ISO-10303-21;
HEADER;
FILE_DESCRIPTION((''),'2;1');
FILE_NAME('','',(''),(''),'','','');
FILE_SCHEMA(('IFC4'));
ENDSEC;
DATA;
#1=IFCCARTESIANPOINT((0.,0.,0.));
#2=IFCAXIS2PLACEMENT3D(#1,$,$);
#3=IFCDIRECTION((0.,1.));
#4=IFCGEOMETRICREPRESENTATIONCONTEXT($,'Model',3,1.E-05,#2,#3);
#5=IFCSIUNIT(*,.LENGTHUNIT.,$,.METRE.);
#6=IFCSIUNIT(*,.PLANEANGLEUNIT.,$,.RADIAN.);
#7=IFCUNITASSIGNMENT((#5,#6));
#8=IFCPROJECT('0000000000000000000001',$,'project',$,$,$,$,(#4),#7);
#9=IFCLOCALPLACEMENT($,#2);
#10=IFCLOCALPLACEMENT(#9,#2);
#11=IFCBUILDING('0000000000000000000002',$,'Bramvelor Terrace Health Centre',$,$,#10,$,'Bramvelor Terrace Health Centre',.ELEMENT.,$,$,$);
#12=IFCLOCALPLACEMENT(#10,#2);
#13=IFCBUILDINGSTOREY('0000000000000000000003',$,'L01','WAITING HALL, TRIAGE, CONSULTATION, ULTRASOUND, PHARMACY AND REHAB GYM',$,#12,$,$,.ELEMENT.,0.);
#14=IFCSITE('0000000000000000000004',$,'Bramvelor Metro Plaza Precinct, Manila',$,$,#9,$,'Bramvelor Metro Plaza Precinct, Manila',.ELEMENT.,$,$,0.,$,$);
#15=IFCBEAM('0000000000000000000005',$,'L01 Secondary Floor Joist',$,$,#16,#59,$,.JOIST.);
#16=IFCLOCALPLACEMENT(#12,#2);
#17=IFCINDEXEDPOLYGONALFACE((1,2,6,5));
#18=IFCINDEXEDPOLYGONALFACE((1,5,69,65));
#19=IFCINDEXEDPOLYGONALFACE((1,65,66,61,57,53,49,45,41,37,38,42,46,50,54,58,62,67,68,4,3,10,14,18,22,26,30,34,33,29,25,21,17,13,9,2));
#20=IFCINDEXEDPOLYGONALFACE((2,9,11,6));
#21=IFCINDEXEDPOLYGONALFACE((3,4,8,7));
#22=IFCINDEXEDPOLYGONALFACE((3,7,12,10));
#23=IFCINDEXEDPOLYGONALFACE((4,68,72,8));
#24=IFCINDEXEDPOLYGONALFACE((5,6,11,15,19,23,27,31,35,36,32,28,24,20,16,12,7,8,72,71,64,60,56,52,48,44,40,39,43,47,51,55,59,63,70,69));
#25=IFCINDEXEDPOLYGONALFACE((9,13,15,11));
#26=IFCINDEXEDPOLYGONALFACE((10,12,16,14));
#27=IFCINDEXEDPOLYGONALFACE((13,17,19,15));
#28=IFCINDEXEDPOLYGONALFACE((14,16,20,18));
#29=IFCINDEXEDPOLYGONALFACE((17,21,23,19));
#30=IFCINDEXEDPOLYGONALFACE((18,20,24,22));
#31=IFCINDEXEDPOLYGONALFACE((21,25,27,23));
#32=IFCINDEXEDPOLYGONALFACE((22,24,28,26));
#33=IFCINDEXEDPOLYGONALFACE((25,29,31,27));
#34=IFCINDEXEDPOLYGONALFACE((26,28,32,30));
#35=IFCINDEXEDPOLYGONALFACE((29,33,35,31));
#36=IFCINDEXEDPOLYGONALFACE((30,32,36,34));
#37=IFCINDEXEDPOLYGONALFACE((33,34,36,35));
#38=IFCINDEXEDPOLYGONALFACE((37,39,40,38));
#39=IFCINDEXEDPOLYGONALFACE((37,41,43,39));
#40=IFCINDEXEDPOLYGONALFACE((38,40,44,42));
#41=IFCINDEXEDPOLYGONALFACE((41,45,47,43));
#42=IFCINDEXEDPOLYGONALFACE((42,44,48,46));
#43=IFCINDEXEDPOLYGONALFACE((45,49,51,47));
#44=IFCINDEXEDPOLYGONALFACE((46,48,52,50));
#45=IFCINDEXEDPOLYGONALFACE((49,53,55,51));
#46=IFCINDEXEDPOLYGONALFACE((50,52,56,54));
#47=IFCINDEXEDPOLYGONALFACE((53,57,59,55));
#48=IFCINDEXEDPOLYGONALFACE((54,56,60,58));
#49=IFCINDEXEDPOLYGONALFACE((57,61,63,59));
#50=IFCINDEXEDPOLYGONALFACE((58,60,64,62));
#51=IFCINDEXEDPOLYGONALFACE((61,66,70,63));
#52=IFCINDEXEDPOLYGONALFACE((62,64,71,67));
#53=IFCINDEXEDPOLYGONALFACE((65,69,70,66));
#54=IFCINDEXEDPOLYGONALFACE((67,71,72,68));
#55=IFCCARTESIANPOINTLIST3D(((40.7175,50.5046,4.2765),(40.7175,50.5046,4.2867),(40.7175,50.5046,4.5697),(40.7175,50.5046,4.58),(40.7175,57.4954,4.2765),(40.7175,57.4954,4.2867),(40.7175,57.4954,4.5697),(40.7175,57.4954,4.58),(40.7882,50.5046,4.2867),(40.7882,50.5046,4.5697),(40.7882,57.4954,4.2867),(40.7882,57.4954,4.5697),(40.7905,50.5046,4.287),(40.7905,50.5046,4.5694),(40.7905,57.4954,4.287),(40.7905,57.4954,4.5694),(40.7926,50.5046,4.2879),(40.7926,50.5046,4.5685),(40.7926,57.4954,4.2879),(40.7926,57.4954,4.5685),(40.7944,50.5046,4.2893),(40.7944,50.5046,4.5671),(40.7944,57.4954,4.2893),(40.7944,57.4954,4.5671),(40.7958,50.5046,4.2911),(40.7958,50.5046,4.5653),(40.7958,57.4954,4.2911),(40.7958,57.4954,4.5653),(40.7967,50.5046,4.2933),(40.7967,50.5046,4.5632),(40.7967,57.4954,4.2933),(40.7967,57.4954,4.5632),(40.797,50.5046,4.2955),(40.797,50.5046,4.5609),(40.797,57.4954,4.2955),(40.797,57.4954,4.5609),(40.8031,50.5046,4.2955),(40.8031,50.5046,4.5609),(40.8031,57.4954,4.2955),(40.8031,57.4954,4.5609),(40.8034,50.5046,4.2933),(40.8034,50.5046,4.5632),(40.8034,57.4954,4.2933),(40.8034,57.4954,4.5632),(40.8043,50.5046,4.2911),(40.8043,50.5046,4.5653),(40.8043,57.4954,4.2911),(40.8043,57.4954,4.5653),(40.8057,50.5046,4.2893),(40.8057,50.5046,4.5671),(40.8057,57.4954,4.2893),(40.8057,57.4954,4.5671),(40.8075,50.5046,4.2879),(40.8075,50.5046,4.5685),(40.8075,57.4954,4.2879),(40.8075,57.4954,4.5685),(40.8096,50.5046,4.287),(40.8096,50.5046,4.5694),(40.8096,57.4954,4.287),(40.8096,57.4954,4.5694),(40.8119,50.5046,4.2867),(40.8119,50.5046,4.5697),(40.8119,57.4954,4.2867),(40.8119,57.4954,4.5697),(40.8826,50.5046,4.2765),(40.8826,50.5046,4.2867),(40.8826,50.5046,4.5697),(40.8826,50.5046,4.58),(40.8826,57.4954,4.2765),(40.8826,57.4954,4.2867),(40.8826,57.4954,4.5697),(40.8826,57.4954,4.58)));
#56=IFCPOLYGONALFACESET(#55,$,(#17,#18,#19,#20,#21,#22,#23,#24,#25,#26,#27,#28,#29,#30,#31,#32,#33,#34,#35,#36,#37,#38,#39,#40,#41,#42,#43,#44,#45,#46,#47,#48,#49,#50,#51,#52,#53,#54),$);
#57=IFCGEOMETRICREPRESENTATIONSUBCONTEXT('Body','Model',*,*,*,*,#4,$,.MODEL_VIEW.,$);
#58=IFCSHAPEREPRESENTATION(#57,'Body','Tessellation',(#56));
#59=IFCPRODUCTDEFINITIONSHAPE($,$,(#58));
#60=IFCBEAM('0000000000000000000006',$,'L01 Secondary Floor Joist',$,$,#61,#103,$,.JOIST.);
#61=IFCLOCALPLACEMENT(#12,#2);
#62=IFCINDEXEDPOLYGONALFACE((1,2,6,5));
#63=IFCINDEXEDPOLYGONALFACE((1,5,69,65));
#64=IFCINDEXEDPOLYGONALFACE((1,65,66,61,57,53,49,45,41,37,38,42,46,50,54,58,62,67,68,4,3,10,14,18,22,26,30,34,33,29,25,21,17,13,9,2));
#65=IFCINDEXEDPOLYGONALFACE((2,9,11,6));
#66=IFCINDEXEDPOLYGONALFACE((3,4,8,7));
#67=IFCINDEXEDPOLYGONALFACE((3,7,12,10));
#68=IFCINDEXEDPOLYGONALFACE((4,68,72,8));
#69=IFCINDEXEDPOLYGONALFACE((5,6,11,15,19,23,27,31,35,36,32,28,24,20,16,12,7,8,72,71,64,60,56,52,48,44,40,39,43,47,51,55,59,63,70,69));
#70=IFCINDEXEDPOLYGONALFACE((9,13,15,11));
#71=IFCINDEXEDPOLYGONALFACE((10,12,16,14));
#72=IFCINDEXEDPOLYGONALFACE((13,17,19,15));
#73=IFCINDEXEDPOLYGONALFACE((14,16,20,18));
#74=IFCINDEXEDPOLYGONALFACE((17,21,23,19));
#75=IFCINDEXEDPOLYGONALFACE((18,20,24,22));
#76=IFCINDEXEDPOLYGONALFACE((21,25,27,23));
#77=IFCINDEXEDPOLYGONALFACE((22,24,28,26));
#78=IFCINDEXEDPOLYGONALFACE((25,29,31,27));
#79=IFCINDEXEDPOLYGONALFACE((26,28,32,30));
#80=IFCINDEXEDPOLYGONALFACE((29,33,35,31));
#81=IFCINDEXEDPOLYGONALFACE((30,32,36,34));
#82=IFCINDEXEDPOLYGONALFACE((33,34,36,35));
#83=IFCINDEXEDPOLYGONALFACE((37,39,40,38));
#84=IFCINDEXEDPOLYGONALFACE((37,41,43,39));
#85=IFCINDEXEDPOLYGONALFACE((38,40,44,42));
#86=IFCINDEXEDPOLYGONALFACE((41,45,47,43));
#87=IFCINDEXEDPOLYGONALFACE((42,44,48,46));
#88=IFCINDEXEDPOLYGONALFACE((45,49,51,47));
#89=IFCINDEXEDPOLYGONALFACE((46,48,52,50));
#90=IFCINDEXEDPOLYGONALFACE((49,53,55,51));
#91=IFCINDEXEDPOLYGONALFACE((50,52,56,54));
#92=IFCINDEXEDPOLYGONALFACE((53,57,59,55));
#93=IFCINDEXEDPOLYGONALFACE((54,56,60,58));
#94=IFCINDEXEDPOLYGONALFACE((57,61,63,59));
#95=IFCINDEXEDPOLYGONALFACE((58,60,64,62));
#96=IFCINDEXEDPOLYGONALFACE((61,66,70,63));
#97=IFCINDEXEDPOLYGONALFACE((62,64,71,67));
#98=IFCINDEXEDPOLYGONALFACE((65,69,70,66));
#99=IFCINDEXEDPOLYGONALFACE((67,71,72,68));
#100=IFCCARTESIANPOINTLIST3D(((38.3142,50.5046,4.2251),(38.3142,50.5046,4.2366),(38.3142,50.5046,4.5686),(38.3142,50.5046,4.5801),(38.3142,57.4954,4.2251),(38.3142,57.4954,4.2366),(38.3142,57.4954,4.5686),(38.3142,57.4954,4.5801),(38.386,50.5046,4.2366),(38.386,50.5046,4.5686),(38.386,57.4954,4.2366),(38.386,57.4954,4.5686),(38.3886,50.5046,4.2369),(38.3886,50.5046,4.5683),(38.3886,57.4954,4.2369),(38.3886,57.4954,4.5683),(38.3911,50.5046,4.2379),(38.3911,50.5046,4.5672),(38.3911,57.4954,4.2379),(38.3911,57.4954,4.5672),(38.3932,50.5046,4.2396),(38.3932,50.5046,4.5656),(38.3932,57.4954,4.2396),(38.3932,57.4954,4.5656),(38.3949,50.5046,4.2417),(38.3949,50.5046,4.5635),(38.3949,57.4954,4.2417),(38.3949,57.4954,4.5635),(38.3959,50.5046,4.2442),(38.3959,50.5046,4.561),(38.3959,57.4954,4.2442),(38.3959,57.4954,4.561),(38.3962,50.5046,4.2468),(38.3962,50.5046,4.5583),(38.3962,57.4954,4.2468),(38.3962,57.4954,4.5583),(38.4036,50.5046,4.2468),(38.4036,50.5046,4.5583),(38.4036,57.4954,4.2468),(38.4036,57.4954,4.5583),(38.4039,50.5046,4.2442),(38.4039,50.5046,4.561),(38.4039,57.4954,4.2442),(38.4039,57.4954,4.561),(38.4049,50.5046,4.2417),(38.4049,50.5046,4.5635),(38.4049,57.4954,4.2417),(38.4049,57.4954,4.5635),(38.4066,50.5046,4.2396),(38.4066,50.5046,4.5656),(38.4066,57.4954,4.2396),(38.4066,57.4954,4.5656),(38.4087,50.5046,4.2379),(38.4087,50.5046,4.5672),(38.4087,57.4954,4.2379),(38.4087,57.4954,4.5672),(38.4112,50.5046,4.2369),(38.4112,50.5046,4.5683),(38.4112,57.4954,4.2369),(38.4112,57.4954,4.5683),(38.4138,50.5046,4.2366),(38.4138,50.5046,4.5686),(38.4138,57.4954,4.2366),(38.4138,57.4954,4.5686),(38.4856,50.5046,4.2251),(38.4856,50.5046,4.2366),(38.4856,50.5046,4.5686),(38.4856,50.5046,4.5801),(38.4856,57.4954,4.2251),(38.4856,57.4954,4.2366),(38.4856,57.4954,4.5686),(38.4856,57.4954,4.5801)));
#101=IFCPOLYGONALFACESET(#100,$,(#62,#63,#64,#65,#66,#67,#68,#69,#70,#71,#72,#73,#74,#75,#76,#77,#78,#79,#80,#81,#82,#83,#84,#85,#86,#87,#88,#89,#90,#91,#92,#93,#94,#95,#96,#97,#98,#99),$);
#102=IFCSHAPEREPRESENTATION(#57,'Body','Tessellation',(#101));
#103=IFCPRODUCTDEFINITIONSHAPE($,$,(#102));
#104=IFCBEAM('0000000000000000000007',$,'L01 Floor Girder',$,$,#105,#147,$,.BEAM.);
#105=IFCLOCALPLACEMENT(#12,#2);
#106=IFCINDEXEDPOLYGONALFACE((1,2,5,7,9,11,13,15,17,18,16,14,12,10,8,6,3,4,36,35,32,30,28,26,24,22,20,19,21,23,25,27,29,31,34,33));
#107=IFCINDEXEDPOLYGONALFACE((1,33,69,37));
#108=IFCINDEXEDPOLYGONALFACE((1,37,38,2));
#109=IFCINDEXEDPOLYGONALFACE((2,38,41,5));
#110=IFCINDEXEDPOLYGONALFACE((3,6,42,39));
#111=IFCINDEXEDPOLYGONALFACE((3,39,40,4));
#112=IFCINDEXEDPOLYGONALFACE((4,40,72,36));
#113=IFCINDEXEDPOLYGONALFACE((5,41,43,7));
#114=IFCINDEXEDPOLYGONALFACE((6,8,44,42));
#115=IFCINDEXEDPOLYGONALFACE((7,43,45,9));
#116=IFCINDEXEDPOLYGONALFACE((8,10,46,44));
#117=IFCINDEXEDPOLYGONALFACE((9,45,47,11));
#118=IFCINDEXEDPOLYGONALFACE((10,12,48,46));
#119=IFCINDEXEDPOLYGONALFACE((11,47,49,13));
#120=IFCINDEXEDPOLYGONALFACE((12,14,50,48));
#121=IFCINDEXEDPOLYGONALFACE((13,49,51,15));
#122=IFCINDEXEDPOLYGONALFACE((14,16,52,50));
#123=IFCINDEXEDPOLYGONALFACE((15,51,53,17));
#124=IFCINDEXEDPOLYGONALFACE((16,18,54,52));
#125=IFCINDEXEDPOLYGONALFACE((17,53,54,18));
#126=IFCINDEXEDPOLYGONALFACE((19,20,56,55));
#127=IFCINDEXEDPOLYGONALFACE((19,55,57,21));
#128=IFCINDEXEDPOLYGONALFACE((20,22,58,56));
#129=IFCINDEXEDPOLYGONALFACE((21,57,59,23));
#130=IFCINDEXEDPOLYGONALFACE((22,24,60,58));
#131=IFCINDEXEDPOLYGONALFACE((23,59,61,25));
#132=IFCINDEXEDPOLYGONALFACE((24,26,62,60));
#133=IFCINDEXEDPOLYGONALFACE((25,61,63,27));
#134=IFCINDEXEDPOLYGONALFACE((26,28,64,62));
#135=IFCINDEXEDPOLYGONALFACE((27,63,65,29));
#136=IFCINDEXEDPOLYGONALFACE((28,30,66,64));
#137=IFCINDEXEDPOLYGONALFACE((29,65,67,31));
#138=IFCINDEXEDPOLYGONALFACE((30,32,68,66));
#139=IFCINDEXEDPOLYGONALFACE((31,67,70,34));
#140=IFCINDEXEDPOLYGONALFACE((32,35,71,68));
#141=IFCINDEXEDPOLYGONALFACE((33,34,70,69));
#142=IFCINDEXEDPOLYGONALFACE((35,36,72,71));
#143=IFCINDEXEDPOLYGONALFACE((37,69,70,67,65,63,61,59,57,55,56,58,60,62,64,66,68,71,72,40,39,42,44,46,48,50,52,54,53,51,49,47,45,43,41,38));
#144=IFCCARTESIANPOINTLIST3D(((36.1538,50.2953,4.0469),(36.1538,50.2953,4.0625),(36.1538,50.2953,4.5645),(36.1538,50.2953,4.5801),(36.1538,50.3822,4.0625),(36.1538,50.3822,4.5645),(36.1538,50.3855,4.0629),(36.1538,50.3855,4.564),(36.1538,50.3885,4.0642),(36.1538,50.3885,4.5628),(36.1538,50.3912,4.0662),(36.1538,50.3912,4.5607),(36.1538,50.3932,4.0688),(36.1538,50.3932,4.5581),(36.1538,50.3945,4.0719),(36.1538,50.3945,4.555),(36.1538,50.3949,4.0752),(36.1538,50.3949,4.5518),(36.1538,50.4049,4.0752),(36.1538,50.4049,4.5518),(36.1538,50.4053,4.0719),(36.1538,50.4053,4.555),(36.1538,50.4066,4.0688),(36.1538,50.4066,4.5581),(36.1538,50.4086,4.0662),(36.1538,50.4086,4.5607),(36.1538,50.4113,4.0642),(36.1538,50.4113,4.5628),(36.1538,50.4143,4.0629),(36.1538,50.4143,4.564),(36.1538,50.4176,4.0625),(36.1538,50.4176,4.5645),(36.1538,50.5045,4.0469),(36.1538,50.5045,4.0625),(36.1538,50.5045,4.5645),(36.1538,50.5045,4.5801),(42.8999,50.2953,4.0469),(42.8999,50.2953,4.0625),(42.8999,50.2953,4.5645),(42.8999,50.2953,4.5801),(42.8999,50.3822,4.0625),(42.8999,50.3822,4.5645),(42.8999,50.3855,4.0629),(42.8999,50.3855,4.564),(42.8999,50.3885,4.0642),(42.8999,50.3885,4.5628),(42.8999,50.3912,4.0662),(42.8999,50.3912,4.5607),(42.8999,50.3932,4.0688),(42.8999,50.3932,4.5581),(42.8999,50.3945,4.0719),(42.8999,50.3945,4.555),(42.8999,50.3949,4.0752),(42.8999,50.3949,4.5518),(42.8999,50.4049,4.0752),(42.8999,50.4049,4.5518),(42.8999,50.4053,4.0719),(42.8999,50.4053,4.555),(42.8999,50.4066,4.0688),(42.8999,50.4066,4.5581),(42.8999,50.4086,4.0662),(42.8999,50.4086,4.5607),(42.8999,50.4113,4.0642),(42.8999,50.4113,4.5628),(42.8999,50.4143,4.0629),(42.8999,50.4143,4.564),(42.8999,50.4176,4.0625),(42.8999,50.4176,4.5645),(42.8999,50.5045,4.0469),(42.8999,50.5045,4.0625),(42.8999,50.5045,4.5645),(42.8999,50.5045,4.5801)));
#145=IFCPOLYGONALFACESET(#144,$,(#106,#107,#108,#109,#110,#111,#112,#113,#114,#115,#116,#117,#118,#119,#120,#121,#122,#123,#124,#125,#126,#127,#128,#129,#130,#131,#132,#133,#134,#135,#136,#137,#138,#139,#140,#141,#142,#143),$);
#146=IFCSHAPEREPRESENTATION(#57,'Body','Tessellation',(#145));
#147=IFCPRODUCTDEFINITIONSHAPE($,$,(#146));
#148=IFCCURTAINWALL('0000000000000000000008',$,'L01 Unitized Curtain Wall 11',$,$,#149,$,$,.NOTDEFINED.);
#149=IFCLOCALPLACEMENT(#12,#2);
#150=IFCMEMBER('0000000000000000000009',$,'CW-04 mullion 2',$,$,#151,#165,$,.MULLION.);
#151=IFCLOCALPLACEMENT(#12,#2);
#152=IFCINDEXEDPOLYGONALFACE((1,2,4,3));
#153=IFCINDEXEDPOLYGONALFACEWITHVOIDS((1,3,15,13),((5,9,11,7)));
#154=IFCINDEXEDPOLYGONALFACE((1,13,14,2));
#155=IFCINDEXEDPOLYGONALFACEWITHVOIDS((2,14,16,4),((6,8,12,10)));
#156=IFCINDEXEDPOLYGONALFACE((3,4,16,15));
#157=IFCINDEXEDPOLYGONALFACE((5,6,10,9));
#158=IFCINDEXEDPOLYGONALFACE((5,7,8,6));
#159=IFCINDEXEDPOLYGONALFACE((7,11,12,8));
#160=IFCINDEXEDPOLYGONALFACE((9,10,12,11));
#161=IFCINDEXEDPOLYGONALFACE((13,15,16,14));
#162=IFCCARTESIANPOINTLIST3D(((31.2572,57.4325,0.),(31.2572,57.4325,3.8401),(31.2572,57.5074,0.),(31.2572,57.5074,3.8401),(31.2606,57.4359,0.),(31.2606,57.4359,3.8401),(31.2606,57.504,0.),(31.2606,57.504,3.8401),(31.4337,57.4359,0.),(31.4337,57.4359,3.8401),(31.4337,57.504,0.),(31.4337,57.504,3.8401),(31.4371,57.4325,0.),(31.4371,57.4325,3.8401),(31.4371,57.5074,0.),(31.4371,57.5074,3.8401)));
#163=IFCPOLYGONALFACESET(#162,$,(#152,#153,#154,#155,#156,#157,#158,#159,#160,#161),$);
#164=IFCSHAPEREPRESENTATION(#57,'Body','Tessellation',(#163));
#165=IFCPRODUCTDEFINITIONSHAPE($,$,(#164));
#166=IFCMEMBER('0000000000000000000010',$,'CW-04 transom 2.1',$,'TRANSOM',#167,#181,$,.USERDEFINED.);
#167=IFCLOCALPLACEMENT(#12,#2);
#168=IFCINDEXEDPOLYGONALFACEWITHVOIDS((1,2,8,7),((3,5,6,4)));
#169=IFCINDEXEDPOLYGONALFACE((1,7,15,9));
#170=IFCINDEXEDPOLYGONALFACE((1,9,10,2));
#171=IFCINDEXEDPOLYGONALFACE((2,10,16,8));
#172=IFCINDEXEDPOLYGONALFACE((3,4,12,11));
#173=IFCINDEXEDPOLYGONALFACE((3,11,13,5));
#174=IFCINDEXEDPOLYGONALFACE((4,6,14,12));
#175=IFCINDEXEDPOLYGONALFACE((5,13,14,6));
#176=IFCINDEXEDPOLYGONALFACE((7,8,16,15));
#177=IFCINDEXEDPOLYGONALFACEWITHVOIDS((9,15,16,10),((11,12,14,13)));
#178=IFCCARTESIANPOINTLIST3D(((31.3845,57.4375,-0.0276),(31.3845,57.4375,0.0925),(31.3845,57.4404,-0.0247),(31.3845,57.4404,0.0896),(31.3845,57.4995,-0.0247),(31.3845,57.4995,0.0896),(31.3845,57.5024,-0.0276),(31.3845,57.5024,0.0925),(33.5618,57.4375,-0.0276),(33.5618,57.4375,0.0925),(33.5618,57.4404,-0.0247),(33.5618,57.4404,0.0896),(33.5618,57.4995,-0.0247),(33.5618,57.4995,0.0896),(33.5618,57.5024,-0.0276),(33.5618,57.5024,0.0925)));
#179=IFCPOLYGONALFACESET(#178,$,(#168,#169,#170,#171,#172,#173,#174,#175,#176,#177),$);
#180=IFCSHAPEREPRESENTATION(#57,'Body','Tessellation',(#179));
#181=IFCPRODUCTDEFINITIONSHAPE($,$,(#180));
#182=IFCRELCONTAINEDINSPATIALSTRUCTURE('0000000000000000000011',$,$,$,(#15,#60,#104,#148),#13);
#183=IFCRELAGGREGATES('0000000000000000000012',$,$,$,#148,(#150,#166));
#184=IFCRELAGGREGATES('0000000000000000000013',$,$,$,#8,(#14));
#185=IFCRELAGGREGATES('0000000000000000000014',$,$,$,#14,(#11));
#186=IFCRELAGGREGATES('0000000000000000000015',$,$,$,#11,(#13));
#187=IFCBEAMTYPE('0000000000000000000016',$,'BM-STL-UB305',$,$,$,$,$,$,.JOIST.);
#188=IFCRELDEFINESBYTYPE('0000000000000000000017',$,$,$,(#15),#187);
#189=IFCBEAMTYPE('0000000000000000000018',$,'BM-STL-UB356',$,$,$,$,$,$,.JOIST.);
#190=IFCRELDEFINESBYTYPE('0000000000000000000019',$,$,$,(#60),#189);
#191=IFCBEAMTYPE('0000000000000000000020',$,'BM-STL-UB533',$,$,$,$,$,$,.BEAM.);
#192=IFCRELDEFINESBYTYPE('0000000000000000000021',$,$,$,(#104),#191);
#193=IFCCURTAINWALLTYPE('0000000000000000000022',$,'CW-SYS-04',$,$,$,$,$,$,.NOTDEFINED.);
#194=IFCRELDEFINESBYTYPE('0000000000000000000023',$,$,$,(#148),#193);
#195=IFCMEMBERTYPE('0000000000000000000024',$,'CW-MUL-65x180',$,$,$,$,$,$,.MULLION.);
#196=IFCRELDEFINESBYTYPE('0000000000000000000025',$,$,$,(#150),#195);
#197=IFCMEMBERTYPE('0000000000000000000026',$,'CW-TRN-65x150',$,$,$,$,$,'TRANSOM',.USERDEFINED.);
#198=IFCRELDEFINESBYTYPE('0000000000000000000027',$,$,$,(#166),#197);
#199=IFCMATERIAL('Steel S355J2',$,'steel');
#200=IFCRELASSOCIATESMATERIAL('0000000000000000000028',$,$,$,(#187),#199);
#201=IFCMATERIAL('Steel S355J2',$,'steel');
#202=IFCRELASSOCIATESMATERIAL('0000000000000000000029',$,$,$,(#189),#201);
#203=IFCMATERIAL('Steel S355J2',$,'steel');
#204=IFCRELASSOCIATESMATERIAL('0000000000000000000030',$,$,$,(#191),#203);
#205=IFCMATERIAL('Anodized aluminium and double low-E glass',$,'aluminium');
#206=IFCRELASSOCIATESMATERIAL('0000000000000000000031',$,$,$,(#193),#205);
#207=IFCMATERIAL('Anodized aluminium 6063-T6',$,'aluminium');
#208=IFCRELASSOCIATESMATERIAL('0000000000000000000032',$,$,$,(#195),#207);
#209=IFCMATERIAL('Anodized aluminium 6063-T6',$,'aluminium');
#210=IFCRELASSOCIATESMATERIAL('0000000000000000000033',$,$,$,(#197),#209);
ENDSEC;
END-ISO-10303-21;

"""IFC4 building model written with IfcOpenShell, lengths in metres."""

from ifc_helpers import new_model, si_unit, direction, frame, origin, origin_2d, place, context, subcontext, project, spatial, hollow_rectangle, i_section, extrude, material, material_profile, profile_set, type_object, element, aggregate, save


model = new_model("IFC4")

# Units and contexts
model_context = context("Model", 3, precision=1e-05, world=origin(), true_north=direction((0.0, 1.0)))
body_context = subcontext(model_context, "Body", "Model", "MODEL_VIEW")
ifc_project = project(units=[si_unit("LENGTHUNIT", "METRE"), si_unit("PLANEANGLEUNIT", "RADIAN")], contexts=[model_context])

# Site, building, storey
site_placement = place(None, origin())
site = spatial("IfcSite", under=ifc_project, at=site_placement, Name="Bramvelor Metro Plaza Precinct, Manila", LongName="Bramvelor Metro Plaza Precinct, Manila", CompositionType="ELEMENT", RefElevation=0.0)
building_placement = place(site_placement, origin())
building = spatial("IfcBuilding", under=site, at=building_placement, Name="Bramvelor Terrace Health Centre", LongName="Bramvelor Terrace Health Centre", CompositionType="ELEMENT")
storey_placement = place(building_placement, origin())
storey = spatial("IfcBuildingStorey", under=building, at=storey_placement, Name="L01", Description="WAITING HALL, TRIAGE, CONSULTATION, ULTRASOUND, PHARMACY AND REHAB GYM", CompositionType="ELEMENT", Elevation=0.0)

# Beams
ifc_material_1 = material(Name="Steel S355J2", Category="steel")
ifc_material_profile_1 = material_profile(ifc_material_1, i_section(OverallWidth=0.165, OverallDepth=0.3035, WebThickness=0.0061, FlangeThickness=0.0103, FilletRadius=0.0088, at=origin_2d()), Name="UB 305x165x40")
ifc_profile_set_1 = profile_set([ifc_material_profile_1], Name="Steel S355J2")
beam_type_1 = type_object("IfcBeamType", Name="BM-STL-UB305", PredefinedType="JOIST", material=ifc_profile_set_1)
for number, where, z_axis, x_axis, name in (
    (1, (40.8, 50.5046, 4.4282), (0.0, 1.0, 0.0), (-1.0, 0.0, 0.0), "L01 Secondary Floor Joist"),
):
    element("IfcBeam", number, at=place(storey_placement, frame(where, z_axis=z_axis, x_axis=x_axis)), inside=storey, type_object=beam_type_1, Name=name, PredefinedType="JOIST", context=body_context, shape_type="SweptSolid", body=[
        extrude(i_section(OverallWidth=0.165, OverallDepth=0.3035, WebThickness=0.0061, FlangeThickness=0.0103, FilletRadius=0.0088, at=origin_2d()), origin(), (0.0, 0.0, 1.0), 6.9907),
    ])
ifc_material_2 = material(Name="Steel S355J2", Category="steel")
ifc_material_profile_2 = material_profile(ifc_material_2, i_section(OverallWidth=0.1714, OverallDepth=0.355, WebThickness=0.0073, FlangeThickness=0.0115, FilletRadius=0.0103, at=origin_2d()), Name="UB 356x171x51")
ifc_profile_set_2 = profile_set([ifc_material_profile_2], Name="Steel S355J2")
beam_type_2 = type_object("IfcBeamType", Name="BM-STL-UB356", PredefinedType="JOIST", material=ifc_profile_set_2)
beam_1_placement = place(storey_placement, frame((38.3999, 50.5046, 4.4026), z_axis=(0.0, 1.0, 0.0), x_axis=(-1.0, 0.0, 0.0)))
element("IfcBeam", 2, at=beam_1_placement, inside=storey, type_object=beam_type_2, Name="L01 Secondary Floor Joist", PredefinedType="JOIST", context=body_context, shape_type="SweptSolid", body=[
    extrude(i_section(OverallWidth=0.1714, OverallDepth=0.355, WebThickness=0.0073, FlangeThickness=0.0115, FilletRadius=0.0103, at=origin_2d()), origin(), (0.0, 0.0, 1.0), 6.9907),
])
ifc_material_3 = material(Name="Steel S355J2", Category="steel")
ifc_material_profile_3 = material_profile(ifc_material_3, i_section(OverallWidth=0.2092, OverallDepth=0.5332, WebThickness=0.01, FlangeThickness=0.0156, FilletRadius=0.0127, at=origin_2d()), Name="UB 533x210x92")
ifc_profile_set_3 = profile_set([ifc_material_profile_3], Name="Steel S355J2")
beam_type_3 = type_object("IfcBeamType", Name="BM-STL-UB533", PredefinedType="BEAM", material=ifc_profile_set_3)
beam_2_placement = place(storey_placement, frame((36.1538, 50.3999, 4.3135), z_axis=(1.0, 0.0, 0.0), x_axis=(0.0, 1.0, 0.0)))
element("IfcBeam", 3, at=beam_2_placement, inside=storey, type_object=beam_type_3, Name="L01 Floor Girder", PredefinedType="BEAM", context=body_context, shape_type="SweptSolid", body=[
    extrude(i_section(OverallWidth=0.2092, OverallDepth=0.5332, WebThickness=0.01, FlangeThickness=0.0156, FilletRadius=0.0127, at=origin_2d()), origin(), (0.0, 0.0, 1.0), 6.7461),
])

# Curtain wall, members
ifc_material_4 = material(Name="Anodized aluminium and double low-E glass", Category="aluminium")
curtain_wall_type = type_object("IfcCurtainWallType", Name="CW-SYS-04", PredefinedType="NOTDEFINED", material=ifc_material_4)
curtain_wall_placement = place(storey_placement, origin())
curtain_wall = element("IfcCurtainWall", 4, at=curtain_wall_placement, inside=storey, type_object=curtain_wall_type, Name="L01 Unitized Curtain Wall 11", PredefinedType="NOTDEFINED")
ifc_material_5 = material(Name="Anodized aluminium 6063-T6", Category="aluminium")
ifc_material_profile_4 = material_profile(ifc_material_5, hollow_rectangle(XDim=0.075, YDim=0.1799, WallThickness=0.0034, at=origin_2d()), Name="ALU-MUL 75x180x3.5")
ifc_profile_set_4 = profile_set([ifc_material_profile_4], Name="Anodized aluminium 6063-T6")
member_type_1 = type_object("IfcMemberType", Name="CW-MUL-65x180", PredefinedType="MULLION", material=ifc_profile_set_4)
member_1_placement = place(storey_placement, frame((31.3472, 57.47, 0.0), z_axis=(0.0, 0.0, 1.0), x_axis=(0.0, 1.0, 0.0)))
member_1 = element("IfcMember", 5, at=member_1_placement, type_object=member_type_1, Name="CW-04 mullion 2", PredefinedType="MULLION", context=body_context, shape_type="SweptSolid", body=[
    extrude(hollow_rectangle(XDim=0.075, YDim=0.1799, WallThickness=0.0034, at=origin_2d()), origin(), (0.0, 0.0, 1.0), 3.8401),
])
ifc_material_6 = material(Name="Anodized aluminium 6063-T6", Category="aluminium")
ifc_material_profile_5 = material_profile(ifc_material_6, hollow_rectangle(XDim=0.0649, YDim=0.1201, WallThickness=0.0029, at=origin_2d()), Name="ALU-TRN 65x120x3.0")
ifc_profile_set_5 = profile_set([ifc_material_profile_5], Name="Anodized aluminium 6063-T6")
member_type_2 = type_object("IfcMemberType", Name="CW-TRN-65x150", ElementType="TRANSOM", PredefinedType="USERDEFINED", material=ifc_profile_set_5)
member_2_placement = place(storey_placement, frame((31.3845, 57.47, 0.0325), z_axis=(1.0, 0.0, 0.0), x_axis=(0.0, 1.0, 0.0)))
member_2 = element("IfcMember", 6, at=member_2_placement, type_object=member_type_2, Name="CW-04 transom 2.1", ObjectType="TRANSOM", PredefinedType="USERDEFINED", context=body_context, shape_type="SweptSolid", body=[
    extrude(hollow_rectangle(XDim=0.0649, YDim=0.1201, WallThickness=0.0029, at=origin_2d()), origin(), (0.0, 0.0, 1.0), 2.1772),
])
aggregate(curtain_wall, [member_1, member_2])

save(model, "model.ifc")
